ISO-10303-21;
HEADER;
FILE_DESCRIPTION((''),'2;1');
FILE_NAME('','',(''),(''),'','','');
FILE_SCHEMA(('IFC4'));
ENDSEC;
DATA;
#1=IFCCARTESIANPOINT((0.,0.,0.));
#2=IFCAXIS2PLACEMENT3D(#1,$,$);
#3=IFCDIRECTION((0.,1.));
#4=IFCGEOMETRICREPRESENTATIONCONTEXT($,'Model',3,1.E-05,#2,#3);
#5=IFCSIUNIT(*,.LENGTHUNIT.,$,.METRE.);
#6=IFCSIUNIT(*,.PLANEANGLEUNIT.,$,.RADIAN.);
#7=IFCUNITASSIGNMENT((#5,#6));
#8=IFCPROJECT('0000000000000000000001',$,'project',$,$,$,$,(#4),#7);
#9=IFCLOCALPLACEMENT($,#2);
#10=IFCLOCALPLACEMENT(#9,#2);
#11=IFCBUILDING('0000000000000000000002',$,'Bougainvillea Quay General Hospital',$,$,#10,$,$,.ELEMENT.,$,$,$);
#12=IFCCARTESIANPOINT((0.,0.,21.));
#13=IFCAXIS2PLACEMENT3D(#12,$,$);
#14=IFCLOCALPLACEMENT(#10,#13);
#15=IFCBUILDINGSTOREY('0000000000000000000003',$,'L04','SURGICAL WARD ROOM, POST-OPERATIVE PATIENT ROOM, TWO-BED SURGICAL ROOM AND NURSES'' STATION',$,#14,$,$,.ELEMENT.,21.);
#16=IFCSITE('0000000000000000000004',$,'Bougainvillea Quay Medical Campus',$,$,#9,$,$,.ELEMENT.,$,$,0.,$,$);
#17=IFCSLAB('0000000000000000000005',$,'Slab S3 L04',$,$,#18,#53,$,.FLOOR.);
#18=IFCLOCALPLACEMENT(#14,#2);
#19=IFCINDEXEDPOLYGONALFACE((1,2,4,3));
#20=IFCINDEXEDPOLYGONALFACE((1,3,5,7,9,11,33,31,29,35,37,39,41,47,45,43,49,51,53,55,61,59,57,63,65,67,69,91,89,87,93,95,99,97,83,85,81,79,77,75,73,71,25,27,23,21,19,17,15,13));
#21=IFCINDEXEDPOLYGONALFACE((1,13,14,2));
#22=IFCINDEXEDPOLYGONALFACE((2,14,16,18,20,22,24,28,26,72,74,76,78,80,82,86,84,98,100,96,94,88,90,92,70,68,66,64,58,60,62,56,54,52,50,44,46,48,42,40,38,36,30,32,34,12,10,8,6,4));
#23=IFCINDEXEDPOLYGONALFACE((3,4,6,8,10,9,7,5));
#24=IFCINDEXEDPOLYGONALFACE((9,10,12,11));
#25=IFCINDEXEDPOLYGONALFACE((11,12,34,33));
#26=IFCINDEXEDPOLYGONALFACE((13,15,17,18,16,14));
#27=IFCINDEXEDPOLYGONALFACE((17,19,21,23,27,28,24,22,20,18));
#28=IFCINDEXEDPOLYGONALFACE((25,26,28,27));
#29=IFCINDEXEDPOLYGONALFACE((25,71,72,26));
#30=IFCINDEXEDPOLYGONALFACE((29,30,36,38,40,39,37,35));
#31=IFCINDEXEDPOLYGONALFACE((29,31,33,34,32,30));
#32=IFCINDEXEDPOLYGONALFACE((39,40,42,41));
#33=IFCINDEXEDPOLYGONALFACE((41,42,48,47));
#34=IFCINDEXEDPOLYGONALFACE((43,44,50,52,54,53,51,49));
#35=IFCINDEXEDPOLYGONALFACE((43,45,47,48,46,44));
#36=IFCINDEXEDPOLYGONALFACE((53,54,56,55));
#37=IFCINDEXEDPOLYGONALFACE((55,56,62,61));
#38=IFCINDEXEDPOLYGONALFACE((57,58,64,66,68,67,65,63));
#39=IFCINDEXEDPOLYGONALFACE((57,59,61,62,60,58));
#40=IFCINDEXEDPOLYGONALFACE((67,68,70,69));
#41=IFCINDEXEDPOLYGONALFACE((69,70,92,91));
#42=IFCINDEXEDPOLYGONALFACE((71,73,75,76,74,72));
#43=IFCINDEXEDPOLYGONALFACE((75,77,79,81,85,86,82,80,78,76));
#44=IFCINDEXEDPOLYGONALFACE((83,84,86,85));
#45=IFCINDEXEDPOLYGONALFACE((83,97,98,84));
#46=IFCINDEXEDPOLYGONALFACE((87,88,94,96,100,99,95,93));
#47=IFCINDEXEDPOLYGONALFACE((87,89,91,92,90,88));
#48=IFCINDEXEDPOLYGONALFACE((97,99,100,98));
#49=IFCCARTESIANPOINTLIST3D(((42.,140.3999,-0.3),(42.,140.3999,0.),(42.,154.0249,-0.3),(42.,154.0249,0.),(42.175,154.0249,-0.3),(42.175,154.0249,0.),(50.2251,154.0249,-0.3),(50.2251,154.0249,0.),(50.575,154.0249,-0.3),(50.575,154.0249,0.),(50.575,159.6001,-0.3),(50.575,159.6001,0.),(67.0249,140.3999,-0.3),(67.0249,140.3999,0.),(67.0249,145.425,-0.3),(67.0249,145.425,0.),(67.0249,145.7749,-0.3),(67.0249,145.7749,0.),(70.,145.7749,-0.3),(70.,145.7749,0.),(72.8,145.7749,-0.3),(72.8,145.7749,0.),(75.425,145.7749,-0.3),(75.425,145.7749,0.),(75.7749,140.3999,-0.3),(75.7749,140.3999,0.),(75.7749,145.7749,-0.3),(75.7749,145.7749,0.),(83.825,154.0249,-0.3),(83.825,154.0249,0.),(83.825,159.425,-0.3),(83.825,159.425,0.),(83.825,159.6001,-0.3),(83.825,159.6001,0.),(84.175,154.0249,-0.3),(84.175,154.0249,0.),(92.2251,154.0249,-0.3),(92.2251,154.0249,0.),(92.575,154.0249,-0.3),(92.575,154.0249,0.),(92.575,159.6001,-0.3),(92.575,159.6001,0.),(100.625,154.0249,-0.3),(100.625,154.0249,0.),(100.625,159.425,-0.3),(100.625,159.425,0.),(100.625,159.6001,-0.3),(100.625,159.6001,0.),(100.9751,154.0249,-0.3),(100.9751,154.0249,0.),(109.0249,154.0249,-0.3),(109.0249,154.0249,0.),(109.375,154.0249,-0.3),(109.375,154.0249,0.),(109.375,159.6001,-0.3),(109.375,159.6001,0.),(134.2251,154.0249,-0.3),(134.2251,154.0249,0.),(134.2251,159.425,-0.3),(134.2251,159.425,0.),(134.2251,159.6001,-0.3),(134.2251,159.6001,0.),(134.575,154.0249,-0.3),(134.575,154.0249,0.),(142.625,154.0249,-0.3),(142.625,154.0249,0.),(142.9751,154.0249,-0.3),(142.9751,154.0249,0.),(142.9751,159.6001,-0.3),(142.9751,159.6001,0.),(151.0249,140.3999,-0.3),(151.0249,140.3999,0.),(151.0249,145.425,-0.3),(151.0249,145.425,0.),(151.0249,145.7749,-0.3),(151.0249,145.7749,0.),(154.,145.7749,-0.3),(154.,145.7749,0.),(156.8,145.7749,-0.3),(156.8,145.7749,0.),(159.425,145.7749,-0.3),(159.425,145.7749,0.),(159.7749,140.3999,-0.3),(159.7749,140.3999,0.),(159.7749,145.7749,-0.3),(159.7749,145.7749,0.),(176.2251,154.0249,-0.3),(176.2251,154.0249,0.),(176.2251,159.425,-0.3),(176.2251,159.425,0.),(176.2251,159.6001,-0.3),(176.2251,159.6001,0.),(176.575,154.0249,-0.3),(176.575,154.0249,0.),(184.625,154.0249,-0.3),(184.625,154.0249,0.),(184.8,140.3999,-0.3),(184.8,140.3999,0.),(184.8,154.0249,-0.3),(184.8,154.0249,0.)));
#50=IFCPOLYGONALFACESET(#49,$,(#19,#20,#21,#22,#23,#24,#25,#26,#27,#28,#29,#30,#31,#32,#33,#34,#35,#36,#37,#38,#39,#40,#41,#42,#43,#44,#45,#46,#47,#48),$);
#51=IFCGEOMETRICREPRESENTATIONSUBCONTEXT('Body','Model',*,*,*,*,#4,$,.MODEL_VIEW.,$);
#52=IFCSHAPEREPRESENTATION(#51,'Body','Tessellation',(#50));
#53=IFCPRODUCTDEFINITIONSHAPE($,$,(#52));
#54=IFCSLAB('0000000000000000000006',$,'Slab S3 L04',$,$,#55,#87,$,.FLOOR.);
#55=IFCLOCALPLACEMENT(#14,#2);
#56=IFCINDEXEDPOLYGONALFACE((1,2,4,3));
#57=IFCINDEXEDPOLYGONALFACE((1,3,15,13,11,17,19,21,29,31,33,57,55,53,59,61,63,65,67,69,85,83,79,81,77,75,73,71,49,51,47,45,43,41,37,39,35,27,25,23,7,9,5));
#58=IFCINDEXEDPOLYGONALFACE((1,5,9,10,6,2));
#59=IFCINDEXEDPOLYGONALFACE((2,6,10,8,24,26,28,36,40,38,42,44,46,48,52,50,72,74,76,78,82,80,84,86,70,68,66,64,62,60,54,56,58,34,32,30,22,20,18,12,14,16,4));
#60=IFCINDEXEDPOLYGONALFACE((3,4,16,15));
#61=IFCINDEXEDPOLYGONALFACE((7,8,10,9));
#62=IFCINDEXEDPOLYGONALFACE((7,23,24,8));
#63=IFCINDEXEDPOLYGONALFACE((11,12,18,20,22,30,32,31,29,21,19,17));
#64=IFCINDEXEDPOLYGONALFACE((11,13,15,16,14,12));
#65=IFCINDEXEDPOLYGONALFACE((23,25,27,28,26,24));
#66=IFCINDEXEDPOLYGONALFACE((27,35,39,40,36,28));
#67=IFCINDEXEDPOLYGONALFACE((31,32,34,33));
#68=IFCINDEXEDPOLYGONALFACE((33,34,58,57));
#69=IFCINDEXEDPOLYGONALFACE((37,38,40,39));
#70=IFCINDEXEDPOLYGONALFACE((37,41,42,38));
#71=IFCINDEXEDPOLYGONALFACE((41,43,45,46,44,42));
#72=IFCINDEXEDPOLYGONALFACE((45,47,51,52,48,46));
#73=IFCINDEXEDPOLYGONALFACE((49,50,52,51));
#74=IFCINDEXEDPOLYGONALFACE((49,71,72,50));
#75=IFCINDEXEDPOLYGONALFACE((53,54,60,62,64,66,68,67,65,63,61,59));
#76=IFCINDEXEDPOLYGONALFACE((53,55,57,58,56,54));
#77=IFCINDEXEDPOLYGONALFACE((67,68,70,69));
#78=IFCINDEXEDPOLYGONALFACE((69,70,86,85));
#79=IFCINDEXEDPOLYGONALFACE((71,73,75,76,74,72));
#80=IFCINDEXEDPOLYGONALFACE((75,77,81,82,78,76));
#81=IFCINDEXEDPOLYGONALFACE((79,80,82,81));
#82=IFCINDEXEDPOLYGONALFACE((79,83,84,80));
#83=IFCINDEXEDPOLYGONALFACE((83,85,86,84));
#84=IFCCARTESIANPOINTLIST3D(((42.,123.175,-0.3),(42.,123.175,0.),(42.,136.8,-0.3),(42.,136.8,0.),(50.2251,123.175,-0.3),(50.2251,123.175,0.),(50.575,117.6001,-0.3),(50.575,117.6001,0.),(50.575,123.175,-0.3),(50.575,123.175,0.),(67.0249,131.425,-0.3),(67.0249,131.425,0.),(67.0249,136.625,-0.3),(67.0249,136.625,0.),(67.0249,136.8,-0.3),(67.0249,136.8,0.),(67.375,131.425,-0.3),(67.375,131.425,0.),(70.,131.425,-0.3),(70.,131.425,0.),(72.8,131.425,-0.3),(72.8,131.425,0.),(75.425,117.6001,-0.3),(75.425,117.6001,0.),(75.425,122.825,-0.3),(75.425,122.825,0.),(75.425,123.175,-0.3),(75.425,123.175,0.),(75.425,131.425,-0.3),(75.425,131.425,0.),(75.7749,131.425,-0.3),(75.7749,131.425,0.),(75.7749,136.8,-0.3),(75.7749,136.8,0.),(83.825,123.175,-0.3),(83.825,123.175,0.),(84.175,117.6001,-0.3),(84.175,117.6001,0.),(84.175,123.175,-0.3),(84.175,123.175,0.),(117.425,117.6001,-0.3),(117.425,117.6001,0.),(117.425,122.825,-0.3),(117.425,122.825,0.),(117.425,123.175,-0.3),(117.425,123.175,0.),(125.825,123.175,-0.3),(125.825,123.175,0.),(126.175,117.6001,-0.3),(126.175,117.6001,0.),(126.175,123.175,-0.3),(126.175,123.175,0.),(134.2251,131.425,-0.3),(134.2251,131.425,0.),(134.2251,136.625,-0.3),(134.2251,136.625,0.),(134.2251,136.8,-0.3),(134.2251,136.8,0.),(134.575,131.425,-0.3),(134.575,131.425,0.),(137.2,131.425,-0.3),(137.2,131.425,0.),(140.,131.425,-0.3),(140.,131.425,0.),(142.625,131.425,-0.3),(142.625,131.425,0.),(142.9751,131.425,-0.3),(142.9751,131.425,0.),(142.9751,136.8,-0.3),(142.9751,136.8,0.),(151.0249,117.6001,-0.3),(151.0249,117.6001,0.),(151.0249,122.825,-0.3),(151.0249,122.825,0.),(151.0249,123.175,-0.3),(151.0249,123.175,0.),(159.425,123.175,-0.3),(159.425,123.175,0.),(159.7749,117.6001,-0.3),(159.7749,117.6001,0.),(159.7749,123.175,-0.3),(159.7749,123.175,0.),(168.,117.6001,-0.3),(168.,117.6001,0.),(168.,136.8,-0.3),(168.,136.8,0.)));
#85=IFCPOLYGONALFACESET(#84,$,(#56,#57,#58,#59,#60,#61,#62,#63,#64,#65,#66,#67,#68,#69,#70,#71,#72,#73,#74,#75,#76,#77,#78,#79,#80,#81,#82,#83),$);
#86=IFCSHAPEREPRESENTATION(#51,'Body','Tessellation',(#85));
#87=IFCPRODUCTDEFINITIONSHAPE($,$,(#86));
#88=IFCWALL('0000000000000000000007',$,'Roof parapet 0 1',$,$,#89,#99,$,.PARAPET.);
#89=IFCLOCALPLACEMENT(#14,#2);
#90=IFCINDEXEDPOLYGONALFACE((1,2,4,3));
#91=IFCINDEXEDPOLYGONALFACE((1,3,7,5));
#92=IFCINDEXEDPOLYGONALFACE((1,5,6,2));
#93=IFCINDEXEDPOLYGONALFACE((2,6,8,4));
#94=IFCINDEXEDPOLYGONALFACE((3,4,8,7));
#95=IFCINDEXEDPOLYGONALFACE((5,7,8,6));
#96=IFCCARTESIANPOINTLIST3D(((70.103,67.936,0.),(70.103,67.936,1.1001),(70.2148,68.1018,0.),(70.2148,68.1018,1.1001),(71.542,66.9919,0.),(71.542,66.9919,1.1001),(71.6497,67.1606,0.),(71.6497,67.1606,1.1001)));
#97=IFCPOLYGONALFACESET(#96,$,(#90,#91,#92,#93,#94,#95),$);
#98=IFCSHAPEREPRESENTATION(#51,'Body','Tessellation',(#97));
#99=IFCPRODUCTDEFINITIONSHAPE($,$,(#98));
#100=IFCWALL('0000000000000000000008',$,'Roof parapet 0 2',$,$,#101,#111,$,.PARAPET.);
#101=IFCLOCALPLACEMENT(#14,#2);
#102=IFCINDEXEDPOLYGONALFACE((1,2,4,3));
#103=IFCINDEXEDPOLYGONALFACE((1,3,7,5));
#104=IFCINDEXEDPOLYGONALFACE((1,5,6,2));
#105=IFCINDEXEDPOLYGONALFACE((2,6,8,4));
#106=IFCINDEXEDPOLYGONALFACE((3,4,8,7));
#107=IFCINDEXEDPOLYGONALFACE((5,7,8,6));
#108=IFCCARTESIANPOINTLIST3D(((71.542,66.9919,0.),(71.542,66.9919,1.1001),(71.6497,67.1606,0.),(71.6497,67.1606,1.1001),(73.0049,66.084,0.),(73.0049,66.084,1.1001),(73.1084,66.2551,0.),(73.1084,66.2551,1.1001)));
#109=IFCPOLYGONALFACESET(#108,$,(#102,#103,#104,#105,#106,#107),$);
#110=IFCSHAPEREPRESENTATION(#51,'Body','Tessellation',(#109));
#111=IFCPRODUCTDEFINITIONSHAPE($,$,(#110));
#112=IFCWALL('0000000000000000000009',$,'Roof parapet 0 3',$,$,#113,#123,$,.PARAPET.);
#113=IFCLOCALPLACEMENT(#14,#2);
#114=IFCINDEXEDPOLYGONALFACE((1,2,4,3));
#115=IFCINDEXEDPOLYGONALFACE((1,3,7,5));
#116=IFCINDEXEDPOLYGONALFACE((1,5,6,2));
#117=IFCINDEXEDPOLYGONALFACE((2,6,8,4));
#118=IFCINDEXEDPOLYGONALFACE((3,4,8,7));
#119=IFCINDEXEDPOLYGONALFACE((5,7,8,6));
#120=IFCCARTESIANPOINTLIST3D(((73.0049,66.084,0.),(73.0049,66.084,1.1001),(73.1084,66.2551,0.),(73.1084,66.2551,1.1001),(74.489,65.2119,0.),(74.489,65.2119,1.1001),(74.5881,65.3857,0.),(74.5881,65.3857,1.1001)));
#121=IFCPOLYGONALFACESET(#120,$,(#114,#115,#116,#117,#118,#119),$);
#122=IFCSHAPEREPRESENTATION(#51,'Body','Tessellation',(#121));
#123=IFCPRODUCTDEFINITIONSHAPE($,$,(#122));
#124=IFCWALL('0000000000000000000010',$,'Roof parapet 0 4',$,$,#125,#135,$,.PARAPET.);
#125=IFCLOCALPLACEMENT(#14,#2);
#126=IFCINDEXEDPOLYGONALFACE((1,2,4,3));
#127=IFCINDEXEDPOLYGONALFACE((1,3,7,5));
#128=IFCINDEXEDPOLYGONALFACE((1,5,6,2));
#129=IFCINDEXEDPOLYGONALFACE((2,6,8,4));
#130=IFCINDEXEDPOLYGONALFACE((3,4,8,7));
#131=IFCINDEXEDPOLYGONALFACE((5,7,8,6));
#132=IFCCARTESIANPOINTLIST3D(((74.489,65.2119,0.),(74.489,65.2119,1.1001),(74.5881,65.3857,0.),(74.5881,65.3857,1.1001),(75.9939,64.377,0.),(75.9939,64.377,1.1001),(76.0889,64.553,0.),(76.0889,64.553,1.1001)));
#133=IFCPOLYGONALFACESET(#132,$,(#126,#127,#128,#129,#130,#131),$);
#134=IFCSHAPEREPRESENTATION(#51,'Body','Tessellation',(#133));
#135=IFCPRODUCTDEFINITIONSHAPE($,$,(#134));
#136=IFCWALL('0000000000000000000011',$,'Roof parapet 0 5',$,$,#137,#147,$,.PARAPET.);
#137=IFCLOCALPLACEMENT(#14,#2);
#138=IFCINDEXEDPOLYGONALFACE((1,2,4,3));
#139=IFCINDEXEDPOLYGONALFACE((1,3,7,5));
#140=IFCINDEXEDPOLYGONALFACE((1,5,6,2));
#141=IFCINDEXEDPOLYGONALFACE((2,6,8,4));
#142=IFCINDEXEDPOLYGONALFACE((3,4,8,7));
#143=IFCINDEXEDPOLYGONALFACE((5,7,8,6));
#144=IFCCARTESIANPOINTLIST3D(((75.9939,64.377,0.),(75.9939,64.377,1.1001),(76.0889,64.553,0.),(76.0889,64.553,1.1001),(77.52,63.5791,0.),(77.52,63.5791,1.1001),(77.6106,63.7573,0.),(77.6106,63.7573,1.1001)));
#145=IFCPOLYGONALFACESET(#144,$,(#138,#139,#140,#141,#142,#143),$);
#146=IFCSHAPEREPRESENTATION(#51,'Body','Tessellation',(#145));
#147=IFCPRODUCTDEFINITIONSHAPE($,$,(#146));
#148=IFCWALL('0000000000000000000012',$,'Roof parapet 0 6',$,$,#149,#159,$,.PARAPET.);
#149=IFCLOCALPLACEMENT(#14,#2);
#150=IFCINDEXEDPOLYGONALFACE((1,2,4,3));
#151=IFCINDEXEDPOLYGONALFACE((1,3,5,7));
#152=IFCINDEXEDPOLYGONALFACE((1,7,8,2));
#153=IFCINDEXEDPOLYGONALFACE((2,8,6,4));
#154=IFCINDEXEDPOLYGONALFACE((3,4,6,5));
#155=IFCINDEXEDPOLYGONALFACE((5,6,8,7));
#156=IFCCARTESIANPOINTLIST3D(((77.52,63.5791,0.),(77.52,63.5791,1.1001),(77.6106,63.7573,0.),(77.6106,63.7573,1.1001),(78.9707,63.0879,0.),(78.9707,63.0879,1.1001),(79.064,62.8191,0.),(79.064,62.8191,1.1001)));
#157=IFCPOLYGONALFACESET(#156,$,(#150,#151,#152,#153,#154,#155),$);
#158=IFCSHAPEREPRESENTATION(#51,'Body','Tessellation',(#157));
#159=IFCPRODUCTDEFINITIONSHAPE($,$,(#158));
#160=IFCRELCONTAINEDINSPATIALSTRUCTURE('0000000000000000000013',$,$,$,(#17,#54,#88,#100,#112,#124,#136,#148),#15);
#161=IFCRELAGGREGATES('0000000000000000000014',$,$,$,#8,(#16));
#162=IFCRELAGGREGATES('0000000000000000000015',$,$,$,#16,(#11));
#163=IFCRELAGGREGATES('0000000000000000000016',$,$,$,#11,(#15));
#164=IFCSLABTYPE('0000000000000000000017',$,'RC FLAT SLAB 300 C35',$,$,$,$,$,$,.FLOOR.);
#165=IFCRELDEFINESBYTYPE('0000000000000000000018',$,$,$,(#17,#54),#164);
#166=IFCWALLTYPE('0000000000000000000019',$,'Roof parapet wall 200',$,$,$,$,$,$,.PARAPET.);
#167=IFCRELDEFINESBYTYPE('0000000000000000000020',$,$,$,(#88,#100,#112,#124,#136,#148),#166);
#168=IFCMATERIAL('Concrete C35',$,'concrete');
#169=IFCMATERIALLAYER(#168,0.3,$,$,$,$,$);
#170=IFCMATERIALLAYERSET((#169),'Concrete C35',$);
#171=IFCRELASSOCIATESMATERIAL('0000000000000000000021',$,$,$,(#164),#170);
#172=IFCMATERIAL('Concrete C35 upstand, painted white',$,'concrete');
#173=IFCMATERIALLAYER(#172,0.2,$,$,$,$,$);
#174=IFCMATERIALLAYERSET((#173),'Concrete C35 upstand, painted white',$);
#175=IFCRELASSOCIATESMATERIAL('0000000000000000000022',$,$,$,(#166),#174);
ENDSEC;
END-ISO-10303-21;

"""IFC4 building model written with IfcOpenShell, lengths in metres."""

from ifc_helpers import new_model, si_unit, direction, frame, origin, place, context, subcontext, project, spatial, polyline, outline, extrude, material, layer, layer_set, type_object, element, save


model = new_model("IFC4")

# Units and contexts
model_context = context("Model", 3, precision=1e-05, world=origin(), true_north=direction((0.0, 1.0)))
body_context = subcontext(model_context, "Body", "Model", "MODEL_VIEW")
ifc_project = project(units=[si_unit("LENGTHUNIT", "METRE"), si_unit("PLANEANGLEUNIT", "RADIAN")], contexts=[model_context])

# Site, building, storey
site_placement = place(None, origin())
site = spatial("IfcSite", under=ifc_project, at=site_placement, Name="Bougainvillea Quay Medical Campus", CompositionType="ELEMENT", RefElevation=0.0)
building_placement = place(site_placement, origin())
building = spatial("IfcBuilding", under=site, at=building_placement, Name="Bougainvillea Quay General Hospital", CompositionType="ELEMENT")
storey_placement = place(building_placement, frame((0.0, 0.0, 21.0)))
storey = spatial("IfcBuildingStorey", under=building, at=storey_placement, Name="L04", Description="SURGICAL WARD ROOM, POST-OPERATIVE PATIENT ROOM, TWO-BED SURGICAL ROOM AND NURSES' STATION", CompositionType="ELEMENT", Elevation=21.0)

# Slabs
ifc_material_1 = material(Name="Concrete C35", Category="concrete")
ifc_layer_1 = layer(ifc_material_1, 0.3)
ifc_layer_set_1 = layer_set([ifc_layer_1], Name="Concrete C35")
slab_type = type_object("IfcSlabType", Name="RC FLAT SLAB 300 C35", PredefinedType="FLOOR", material=ifc_layer_set_1)
slab_1_placement = place(storey_placement, frame((0.0, 0.0, -0.3)))
element("IfcSlab", 1, at=slab_1_placement, inside=storey, type_object=slab_type, Name="Slab S3 L04", PredefinedType="FLOOR", context=body_context, shape_type="SweptSolid", body=[
    extrude(outline(polyline([(184.8, 140.3999), (184.8, 154.0249), (184.625, 154.0249), (176.575, 154.0249), (176.2251, 154.0249), (176.2251, 159.425), (176.2251, 159.6001), (142.9751, 159.6001), (142.9751, 154.0249), (142.625, 154.0249), (134.575, 154.0249), (134.2251, 154.0249), (134.2251, 159.425), (134.2251, 159.6001), (109.375, 159.6001), (109.375, 154.0249), (109.0249, 154.0249), (100.9751, 154.0249), (100.625, 154.0249), (100.625, 159.425), (100.625, 159.6001), (92.575, 159.6001), (92.575, 154.0249), (92.2251, 154.0249), (84.175, 154.0249), (83.825, 154.0249), (83.825, 159.425), (83.825, 159.6001), (50.575, 159.6001), (50.575, 154.0249), (50.2251, 154.0249), (42.175, 154.0249), (42.0, 154.0249), (42.0, 140.3999), (67.0249, 140.3999), (67.0249, 145.425), (67.0249, 145.7749), (70.0, 145.7749), (72.8, 145.7749), (75.425, 145.7749), (75.7749, 145.7749), (75.7749, 140.3999), (151.0249, 140.3999), (151.0249, 145.425), (151.0249, 145.7749), (154.0, 145.7749), (156.8, 145.7749), (159.425, 145.7749), (159.7749, 145.7749), (159.7749, 140.3999), (184.8, 140.3999)])), origin(), (0.0, 0.0, 1.0), 0.3),
])
slab_2_placement = place(storey_placement, frame((0.0, 0.0, -0.3)))
element("IfcSlab", 2, at=slab_2_placement, inside=storey, type_object=slab_type, Name="Slab S3 L04", PredefinedType="FLOOR", context=body_context, shape_type="SweptSolid", body=[
    extrude(outline(polyline([(67.0249, 136.8), (42.0, 136.8), (42.0, 123.175), (50.2251, 123.175), (50.575, 123.175), (50.575, 117.6001), (75.425, 117.6001), (75.425, 122.825), (75.425, 123.175), (83.825, 123.175), (84.175, 123.175), (84.175, 117.6001), (117.425, 117.6001), (117.425, 122.825), (117.425, 123.175), (125.825, 123.175), (126.175, 123.175), (126.175, 117.6001), (151.0249, 117.6001), (151.0249, 122.825), (151.0249, 123.175), (159.425, 123.175), (159.7749, 123.175), (159.7749, 117.6001), (168.0, 117.6001), (168.0, 136.8), (142.9751, 136.8), (142.9751, 131.425), (142.625, 131.425), (140.0, 131.425), (137.2, 131.425), (134.575, 131.425), (134.2251, 131.425), (134.2251, 136.625), (134.2251, 136.8), (75.7749, 136.8), (75.7749, 131.425), (75.425, 131.425), (72.8, 131.425), (70.0, 131.425), (67.375, 131.425), (67.0249, 131.425), (67.0249, 136.625), (67.0249, 136.8)])), origin(), (0.0, 0.0, 1.0), 0.3),
])

# Walls
ifc_material_2 = material(Name="Concrete C35 upstand, painted white", Category="concrete")
ifc_layer_2 = layer(ifc_material_2, 0.2)
ifc_layer_set_2 = layer_set([ifc_layer_2], Name="Concrete C35 upstand, painted white")
wall_type = type_object("IfcWallType", Name="Roof parapet wall 200", PredefinedType="PARAPET", material=ifc_layer_set_2)
wall_1_placement = place(storey_placement, origin())
element("IfcWall", 3, at=wall_1_placement, inside=storey, type_object=wall_type, Name="Roof parapet 0 1", PredefinedType="PARAPET", context=body_context, shape_type="SweptSolid", body=[
    extrude(outline(polyline([(71.6497, 67.1606), (71.542, 66.9919), (70.103, 67.936), (70.2148, 68.1018), (71.6497, 67.1606)])), origin(), (0.0, 0.0, 1.0), 1.1001),
])
wall_2_placement = place(storey_placement, origin())
element("IfcWall", 4, at=wall_2_placement, inside=storey, type_object=wall_type, Name="Roof parapet 0 2", PredefinedType="PARAPET", context=body_context, shape_type="SweptSolid", body=[
    extrude(outline(polyline([(73.1084, 66.2551), (73.0049, 66.084), (71.542, 66.9919), (71.6497, 67.1606), (73.1084, 66.2551)])), origin(), (0.0, 0.0, 1.0), 1.1001),
])
wall_3_placement = place(storey_placement, origin())
element("IfcWall", 5, at=wall_3_placement, inside=storey, type_object=wall_type, Name="Roof parapet 0 3", PredefinedType="PARAPET", context=body_context, shape_type="SweptSolid", body=[
    extrude(outline(polyline([(74.5881, 65.3857), (74.489, 65.2119), (73.0049, 66.084), (73.1084, 66.2551), (74.5881, 65.3857)])), origin(), (0.0, 0.0, 1.0), 1.1001),
])
wall_4_placement = place(storey_placement, origin())
element("IfcWall", 6, at=wall_4_placement, inside=storey, type_object=wall_type, Name="Roof parapet 0 4", PredefinedType="PARAPET", context=body_context, shape_type="SweptSolid", body=[
    extrude(outline(polyline([(76.0889, 64.553), (75.9939, 64.377), (74.489, 65.2119), (74.5881, 65.3857), (76.0889, 64.553)])), origin(), (0.0, 0.0, 1.0), 1.1001),
])
wall_5_placement = place(storey_placement, origin())
element("IfcWall", 7, at=wall_5_placement, inside=storey, type_object=wall_type, Name="Roof parapet 0 5", PredefinedType="PARAPET", context=body_context, shape_type="SweptSolid", body=[
    extrude(outline(polyline([(77.6106, 63.7573), (77.52, 63.5791), (75.9939, 64.377), (76.0889, 64.553), (77.6106, 63.7573)])), origin(), (0.0, 0.0, 1.0), 1.1001),
])
wall_6_placement = place(storey_placement, origin())
element("IfcWall", 8, at=wall_6_placement, inside=storey, type_object=wall_type, Name="Roof parapet 0 6", PredefinedType="PARAPET", context=body_context, shape_type="SweptSolid", body=[
    extrude(outline(polyline([(78.9707, 63.0879), (79.064, 62.8191), (77.52, 63.5791), (77.6106, 63.7573), (78.9707, 63.0879)])), origin(), (0.0, 0.0, 1.0), 1.1001),
])

save(model, "model.ifc")
